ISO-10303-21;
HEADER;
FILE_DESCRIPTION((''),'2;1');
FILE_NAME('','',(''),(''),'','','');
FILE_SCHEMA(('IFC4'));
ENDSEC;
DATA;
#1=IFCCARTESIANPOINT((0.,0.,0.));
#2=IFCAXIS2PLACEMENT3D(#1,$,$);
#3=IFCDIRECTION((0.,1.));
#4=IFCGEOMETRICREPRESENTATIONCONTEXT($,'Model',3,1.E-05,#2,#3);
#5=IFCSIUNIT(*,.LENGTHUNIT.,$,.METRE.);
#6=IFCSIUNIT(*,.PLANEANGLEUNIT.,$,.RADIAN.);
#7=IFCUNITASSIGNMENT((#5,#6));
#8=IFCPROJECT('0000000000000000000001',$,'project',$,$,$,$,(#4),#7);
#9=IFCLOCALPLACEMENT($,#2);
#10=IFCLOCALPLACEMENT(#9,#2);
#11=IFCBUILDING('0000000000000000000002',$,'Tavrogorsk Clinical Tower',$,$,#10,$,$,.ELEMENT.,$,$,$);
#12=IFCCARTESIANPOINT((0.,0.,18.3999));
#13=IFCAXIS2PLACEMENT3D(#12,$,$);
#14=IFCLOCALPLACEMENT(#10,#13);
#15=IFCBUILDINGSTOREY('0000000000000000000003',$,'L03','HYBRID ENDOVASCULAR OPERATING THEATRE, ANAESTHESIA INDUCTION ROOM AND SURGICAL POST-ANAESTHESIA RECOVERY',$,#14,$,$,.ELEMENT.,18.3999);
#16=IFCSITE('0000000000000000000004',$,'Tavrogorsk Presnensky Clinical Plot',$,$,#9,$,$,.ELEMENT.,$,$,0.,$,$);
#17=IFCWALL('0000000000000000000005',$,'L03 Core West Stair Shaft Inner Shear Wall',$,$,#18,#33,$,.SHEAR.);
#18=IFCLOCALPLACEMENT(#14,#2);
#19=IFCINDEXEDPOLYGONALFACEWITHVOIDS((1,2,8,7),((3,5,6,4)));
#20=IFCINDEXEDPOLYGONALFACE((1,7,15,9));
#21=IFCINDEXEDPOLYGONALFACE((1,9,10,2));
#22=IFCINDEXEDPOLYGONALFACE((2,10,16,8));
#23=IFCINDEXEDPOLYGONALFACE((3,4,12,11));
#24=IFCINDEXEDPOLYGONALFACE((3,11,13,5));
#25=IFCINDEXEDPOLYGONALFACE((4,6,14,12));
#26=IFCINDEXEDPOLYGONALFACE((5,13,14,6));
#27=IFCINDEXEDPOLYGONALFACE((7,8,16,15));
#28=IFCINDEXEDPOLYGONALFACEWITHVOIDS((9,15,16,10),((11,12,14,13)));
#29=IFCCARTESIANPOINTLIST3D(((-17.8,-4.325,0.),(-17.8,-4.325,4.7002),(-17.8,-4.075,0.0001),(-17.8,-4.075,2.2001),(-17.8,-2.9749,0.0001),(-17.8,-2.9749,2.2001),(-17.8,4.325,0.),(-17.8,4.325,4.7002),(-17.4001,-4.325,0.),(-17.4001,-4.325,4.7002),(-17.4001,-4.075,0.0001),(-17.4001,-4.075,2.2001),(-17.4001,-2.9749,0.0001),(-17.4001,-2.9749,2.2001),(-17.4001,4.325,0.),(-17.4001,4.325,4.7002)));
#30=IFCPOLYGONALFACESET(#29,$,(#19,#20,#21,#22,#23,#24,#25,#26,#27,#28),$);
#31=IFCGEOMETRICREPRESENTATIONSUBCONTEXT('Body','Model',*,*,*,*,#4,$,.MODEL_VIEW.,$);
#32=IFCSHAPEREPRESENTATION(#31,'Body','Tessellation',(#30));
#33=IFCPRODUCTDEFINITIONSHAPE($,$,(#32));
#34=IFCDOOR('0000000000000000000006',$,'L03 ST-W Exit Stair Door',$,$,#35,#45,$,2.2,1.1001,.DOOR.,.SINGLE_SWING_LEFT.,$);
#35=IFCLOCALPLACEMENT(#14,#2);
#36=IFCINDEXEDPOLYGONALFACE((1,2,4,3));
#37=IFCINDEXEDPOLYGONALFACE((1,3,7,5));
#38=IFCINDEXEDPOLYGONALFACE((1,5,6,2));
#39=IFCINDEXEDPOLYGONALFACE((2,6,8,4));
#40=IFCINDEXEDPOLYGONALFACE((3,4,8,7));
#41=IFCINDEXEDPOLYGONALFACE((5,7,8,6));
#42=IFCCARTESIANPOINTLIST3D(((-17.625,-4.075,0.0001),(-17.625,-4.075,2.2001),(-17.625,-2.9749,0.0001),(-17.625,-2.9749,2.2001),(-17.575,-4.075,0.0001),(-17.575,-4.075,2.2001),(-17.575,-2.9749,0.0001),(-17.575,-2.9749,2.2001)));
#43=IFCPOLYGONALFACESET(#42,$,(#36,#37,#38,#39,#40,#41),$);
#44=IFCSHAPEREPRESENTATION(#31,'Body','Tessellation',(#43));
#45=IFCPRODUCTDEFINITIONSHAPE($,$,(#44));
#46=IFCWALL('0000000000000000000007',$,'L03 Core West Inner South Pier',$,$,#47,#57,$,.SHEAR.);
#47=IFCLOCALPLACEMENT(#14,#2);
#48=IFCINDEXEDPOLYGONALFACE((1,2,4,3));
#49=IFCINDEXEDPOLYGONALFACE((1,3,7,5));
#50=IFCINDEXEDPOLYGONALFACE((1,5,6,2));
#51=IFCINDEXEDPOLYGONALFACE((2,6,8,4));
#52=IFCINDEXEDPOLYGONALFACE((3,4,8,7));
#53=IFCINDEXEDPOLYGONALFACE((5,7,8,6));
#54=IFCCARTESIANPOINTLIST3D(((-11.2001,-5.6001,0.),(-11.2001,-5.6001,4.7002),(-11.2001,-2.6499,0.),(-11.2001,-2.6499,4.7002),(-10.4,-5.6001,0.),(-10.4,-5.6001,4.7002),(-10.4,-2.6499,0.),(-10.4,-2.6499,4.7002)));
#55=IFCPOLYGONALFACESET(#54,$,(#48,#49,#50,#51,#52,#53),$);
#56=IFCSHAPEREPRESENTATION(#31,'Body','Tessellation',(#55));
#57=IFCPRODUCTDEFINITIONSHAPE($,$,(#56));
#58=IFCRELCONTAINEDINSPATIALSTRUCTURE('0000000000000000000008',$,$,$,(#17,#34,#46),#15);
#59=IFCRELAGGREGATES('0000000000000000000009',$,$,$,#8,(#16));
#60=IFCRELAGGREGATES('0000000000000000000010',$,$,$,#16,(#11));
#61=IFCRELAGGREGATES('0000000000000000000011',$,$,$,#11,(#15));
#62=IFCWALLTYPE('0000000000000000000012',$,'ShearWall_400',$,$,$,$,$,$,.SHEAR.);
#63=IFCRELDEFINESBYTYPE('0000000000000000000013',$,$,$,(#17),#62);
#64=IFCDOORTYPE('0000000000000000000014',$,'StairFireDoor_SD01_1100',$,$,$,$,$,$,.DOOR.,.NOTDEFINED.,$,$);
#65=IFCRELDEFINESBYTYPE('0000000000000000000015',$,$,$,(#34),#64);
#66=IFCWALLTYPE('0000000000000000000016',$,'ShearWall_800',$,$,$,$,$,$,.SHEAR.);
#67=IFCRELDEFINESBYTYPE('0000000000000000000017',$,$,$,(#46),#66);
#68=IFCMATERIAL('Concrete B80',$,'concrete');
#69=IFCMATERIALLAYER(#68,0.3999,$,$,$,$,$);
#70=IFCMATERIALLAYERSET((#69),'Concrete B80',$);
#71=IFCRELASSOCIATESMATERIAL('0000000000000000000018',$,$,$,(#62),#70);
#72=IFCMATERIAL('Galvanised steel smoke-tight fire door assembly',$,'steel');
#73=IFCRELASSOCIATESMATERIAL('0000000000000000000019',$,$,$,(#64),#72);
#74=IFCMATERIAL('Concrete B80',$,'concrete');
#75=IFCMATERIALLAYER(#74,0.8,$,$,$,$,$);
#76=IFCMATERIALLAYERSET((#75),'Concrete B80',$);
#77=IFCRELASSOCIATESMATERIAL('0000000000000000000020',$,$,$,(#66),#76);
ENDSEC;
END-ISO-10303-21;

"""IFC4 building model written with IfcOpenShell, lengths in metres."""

from ifc_helpers import new_model, si_unit, direction, frame, frame_2d, origin, place, context, subcontext, project, spatial, rectangle, extrude, material, layer, layer_set, type_object, element, fill, save


model = new_model("IFC4")

# Units and contexts
model_context = context("Model", 3, precision=1e-05, world=origin(), true_north=direction((0.0, 1.0)))
body_context = subcontext(model_context, "Body", "Model", "MODEL_VIEW")
ifc_project = project(units=[si_unit("LENGTHUNIT", "METRE"), si_unit("PLANEANGLEUNIT", "RADIAN")], contexts=[model_context])

# Site, building, storey
site_placement = place(None, origin())
site = spatial("IfcSite", under=ifc_project, at=site_placement, Name="Tavrogorsk Presnensky Clinical Plot", CompositionType="ELEMENT", RefElevation=0.0)
building_placement = place(site_placement, origin())
building = spatial("IfcBuilding", under=site, at=building_placement, Name="Tavrogorsk Clinical Tower", CompositionType="ELEMENT")
storey_placement = place(building_placement, frame((0.0, 0.0, 18.3999)))
storey = spatial("IfcBuildingStorey", under=building, at=storey_placement, Name="L03", Description="HYBRID ENDOVASCULAR OPERATING THEATRE, ANAESTHESIA INDUCTION ROOM AND SURGICAL POST-ANAESTHESIA RECOVERY", CompositionType="ELEMENT", Elevation=18.3999)

# Wall, opening, door
ifc_material_1 = material(Name="Concrete B80", Category="concrete")
ifc_layer_1 = layer(ifc_material_1, 0.3999)
ifc_layer_set_1 = layer_set([ifc_layer_1], Name="Concrete B80")
wall_type_1 = type_object("IfcWallType", Name="ShearWall_400", PredefinedType="SHEAR", material=ifc_layer_set_1)
wall_1_placement = place(storey_placement, frame((-17.6001, -4.325, 0.0), z_axis=(0.0, 0.0, 1.0), x_axis=(0.0, 1.0, 0.0)))
wall_1 = element("IfcWall", 1, at=wall_1_placement, inside=storey, type_object=wall_type_1, Name="L03 Core West Stair Shaft Inner Shear Wall", PredefinedType="SHEAR", context=body_context, shape_type="SweptSolid", body=[
    extrude(rectangle(XDim=8.6499, YDim=0.3999, at=frame_2d((4.325, 0.0))), origin(), (0.0, 0.0, 1.0), 4.7002),
])
opening_1_placement = place(wall_1_placement, frame((0.25, 0.0, 0.0)))
opening_1 = element("IfcOpeningElement", 2, at=opening_1_placement, cuts=wall_1, PredefinedType="OPENING", context=body_context, shape_type="SweptSolid", body=[
    extrude(rectangle(XDim=1.1001, YDim=2.2, at=frame_2d((0.55, 1.1001))), frame((0.0, 0.21, 0.0), z_axis=(0.0, -1.0, 0.0), x_axis=(1.0, 0.0, 0.0)), (0.0, 0.0, 1.0), 0.4199),
])
ifc_material_2 = material(Name="Galvanised steel smoke-tight fire door assembly", Category="steel")
door_type_1 = type_object("IfcDoorType", Name="StairFireDoor_SD01_1100", OperationType="NOTDEFINED", PredefinedType="DOOR", material=ifc_material_2)
door_1_placement = place(opening_1_placement, origin())
door_1 = element("IfcDoor", 3, at=door_1_placement, inside=storey, type_object=door_type_1, Name="L03 ST-W Exit Stair Door", OperationType="SINGLE_SWING_LEFT", OverallHeight=2.2, OverallWidth=1.1001, PredefinedType="DOOR", context=body_context, shape_type="SweptSolid", body=[
    extrude(rectangle(XDim=1.1001, YDim=2.2, at=frame_2d((0.55, 1.1001))), frame((0.0, 0.0249, 0.0), z_axis=(0.0, -1.0, 0.0), x_axis=(1.0, 0.0, 0.0)), (0.0, 0.0, 1.0), 0.05),
])
fill(opening_1, door_1)

# Wall
ifc_material_3 = material(Name="Concrete B80", Category="concrete")
ifc_layer_2 = layer(ifc_material_3, 0.8)
ifc_layer_set_2 = layer_set([ifc_layer_2], Name="Concrete B80")
wall_type_2 = type_object("IfcWallType", Name="ShearWall_800", PredefinedType="SHEAR", material=ifc_layer_set_2)
wall_2_placement = place(storey_placement, frame((-10.8, -5.6001, 0.0), z_axis=(0.0, 0.0, 1.0), x_axis=(0.0, 1.0, 0.0)))
element("IfcWall", 4, at=wall_2_placement, inside=storey, type_object=wall_type_2, Name="L03 Core West Inner South Pier", PredefinedType="SHEAR", context=body_context, shape_type="SweptSolid", body=[
    extrude(rectangle(XDim=2.9502, YDim=0.8, at=frame_2d((1.4751, 0.0))), origin(), (0.0, 0.0, 1.0), 4.7002),
])

save(model, "model.ifc")
